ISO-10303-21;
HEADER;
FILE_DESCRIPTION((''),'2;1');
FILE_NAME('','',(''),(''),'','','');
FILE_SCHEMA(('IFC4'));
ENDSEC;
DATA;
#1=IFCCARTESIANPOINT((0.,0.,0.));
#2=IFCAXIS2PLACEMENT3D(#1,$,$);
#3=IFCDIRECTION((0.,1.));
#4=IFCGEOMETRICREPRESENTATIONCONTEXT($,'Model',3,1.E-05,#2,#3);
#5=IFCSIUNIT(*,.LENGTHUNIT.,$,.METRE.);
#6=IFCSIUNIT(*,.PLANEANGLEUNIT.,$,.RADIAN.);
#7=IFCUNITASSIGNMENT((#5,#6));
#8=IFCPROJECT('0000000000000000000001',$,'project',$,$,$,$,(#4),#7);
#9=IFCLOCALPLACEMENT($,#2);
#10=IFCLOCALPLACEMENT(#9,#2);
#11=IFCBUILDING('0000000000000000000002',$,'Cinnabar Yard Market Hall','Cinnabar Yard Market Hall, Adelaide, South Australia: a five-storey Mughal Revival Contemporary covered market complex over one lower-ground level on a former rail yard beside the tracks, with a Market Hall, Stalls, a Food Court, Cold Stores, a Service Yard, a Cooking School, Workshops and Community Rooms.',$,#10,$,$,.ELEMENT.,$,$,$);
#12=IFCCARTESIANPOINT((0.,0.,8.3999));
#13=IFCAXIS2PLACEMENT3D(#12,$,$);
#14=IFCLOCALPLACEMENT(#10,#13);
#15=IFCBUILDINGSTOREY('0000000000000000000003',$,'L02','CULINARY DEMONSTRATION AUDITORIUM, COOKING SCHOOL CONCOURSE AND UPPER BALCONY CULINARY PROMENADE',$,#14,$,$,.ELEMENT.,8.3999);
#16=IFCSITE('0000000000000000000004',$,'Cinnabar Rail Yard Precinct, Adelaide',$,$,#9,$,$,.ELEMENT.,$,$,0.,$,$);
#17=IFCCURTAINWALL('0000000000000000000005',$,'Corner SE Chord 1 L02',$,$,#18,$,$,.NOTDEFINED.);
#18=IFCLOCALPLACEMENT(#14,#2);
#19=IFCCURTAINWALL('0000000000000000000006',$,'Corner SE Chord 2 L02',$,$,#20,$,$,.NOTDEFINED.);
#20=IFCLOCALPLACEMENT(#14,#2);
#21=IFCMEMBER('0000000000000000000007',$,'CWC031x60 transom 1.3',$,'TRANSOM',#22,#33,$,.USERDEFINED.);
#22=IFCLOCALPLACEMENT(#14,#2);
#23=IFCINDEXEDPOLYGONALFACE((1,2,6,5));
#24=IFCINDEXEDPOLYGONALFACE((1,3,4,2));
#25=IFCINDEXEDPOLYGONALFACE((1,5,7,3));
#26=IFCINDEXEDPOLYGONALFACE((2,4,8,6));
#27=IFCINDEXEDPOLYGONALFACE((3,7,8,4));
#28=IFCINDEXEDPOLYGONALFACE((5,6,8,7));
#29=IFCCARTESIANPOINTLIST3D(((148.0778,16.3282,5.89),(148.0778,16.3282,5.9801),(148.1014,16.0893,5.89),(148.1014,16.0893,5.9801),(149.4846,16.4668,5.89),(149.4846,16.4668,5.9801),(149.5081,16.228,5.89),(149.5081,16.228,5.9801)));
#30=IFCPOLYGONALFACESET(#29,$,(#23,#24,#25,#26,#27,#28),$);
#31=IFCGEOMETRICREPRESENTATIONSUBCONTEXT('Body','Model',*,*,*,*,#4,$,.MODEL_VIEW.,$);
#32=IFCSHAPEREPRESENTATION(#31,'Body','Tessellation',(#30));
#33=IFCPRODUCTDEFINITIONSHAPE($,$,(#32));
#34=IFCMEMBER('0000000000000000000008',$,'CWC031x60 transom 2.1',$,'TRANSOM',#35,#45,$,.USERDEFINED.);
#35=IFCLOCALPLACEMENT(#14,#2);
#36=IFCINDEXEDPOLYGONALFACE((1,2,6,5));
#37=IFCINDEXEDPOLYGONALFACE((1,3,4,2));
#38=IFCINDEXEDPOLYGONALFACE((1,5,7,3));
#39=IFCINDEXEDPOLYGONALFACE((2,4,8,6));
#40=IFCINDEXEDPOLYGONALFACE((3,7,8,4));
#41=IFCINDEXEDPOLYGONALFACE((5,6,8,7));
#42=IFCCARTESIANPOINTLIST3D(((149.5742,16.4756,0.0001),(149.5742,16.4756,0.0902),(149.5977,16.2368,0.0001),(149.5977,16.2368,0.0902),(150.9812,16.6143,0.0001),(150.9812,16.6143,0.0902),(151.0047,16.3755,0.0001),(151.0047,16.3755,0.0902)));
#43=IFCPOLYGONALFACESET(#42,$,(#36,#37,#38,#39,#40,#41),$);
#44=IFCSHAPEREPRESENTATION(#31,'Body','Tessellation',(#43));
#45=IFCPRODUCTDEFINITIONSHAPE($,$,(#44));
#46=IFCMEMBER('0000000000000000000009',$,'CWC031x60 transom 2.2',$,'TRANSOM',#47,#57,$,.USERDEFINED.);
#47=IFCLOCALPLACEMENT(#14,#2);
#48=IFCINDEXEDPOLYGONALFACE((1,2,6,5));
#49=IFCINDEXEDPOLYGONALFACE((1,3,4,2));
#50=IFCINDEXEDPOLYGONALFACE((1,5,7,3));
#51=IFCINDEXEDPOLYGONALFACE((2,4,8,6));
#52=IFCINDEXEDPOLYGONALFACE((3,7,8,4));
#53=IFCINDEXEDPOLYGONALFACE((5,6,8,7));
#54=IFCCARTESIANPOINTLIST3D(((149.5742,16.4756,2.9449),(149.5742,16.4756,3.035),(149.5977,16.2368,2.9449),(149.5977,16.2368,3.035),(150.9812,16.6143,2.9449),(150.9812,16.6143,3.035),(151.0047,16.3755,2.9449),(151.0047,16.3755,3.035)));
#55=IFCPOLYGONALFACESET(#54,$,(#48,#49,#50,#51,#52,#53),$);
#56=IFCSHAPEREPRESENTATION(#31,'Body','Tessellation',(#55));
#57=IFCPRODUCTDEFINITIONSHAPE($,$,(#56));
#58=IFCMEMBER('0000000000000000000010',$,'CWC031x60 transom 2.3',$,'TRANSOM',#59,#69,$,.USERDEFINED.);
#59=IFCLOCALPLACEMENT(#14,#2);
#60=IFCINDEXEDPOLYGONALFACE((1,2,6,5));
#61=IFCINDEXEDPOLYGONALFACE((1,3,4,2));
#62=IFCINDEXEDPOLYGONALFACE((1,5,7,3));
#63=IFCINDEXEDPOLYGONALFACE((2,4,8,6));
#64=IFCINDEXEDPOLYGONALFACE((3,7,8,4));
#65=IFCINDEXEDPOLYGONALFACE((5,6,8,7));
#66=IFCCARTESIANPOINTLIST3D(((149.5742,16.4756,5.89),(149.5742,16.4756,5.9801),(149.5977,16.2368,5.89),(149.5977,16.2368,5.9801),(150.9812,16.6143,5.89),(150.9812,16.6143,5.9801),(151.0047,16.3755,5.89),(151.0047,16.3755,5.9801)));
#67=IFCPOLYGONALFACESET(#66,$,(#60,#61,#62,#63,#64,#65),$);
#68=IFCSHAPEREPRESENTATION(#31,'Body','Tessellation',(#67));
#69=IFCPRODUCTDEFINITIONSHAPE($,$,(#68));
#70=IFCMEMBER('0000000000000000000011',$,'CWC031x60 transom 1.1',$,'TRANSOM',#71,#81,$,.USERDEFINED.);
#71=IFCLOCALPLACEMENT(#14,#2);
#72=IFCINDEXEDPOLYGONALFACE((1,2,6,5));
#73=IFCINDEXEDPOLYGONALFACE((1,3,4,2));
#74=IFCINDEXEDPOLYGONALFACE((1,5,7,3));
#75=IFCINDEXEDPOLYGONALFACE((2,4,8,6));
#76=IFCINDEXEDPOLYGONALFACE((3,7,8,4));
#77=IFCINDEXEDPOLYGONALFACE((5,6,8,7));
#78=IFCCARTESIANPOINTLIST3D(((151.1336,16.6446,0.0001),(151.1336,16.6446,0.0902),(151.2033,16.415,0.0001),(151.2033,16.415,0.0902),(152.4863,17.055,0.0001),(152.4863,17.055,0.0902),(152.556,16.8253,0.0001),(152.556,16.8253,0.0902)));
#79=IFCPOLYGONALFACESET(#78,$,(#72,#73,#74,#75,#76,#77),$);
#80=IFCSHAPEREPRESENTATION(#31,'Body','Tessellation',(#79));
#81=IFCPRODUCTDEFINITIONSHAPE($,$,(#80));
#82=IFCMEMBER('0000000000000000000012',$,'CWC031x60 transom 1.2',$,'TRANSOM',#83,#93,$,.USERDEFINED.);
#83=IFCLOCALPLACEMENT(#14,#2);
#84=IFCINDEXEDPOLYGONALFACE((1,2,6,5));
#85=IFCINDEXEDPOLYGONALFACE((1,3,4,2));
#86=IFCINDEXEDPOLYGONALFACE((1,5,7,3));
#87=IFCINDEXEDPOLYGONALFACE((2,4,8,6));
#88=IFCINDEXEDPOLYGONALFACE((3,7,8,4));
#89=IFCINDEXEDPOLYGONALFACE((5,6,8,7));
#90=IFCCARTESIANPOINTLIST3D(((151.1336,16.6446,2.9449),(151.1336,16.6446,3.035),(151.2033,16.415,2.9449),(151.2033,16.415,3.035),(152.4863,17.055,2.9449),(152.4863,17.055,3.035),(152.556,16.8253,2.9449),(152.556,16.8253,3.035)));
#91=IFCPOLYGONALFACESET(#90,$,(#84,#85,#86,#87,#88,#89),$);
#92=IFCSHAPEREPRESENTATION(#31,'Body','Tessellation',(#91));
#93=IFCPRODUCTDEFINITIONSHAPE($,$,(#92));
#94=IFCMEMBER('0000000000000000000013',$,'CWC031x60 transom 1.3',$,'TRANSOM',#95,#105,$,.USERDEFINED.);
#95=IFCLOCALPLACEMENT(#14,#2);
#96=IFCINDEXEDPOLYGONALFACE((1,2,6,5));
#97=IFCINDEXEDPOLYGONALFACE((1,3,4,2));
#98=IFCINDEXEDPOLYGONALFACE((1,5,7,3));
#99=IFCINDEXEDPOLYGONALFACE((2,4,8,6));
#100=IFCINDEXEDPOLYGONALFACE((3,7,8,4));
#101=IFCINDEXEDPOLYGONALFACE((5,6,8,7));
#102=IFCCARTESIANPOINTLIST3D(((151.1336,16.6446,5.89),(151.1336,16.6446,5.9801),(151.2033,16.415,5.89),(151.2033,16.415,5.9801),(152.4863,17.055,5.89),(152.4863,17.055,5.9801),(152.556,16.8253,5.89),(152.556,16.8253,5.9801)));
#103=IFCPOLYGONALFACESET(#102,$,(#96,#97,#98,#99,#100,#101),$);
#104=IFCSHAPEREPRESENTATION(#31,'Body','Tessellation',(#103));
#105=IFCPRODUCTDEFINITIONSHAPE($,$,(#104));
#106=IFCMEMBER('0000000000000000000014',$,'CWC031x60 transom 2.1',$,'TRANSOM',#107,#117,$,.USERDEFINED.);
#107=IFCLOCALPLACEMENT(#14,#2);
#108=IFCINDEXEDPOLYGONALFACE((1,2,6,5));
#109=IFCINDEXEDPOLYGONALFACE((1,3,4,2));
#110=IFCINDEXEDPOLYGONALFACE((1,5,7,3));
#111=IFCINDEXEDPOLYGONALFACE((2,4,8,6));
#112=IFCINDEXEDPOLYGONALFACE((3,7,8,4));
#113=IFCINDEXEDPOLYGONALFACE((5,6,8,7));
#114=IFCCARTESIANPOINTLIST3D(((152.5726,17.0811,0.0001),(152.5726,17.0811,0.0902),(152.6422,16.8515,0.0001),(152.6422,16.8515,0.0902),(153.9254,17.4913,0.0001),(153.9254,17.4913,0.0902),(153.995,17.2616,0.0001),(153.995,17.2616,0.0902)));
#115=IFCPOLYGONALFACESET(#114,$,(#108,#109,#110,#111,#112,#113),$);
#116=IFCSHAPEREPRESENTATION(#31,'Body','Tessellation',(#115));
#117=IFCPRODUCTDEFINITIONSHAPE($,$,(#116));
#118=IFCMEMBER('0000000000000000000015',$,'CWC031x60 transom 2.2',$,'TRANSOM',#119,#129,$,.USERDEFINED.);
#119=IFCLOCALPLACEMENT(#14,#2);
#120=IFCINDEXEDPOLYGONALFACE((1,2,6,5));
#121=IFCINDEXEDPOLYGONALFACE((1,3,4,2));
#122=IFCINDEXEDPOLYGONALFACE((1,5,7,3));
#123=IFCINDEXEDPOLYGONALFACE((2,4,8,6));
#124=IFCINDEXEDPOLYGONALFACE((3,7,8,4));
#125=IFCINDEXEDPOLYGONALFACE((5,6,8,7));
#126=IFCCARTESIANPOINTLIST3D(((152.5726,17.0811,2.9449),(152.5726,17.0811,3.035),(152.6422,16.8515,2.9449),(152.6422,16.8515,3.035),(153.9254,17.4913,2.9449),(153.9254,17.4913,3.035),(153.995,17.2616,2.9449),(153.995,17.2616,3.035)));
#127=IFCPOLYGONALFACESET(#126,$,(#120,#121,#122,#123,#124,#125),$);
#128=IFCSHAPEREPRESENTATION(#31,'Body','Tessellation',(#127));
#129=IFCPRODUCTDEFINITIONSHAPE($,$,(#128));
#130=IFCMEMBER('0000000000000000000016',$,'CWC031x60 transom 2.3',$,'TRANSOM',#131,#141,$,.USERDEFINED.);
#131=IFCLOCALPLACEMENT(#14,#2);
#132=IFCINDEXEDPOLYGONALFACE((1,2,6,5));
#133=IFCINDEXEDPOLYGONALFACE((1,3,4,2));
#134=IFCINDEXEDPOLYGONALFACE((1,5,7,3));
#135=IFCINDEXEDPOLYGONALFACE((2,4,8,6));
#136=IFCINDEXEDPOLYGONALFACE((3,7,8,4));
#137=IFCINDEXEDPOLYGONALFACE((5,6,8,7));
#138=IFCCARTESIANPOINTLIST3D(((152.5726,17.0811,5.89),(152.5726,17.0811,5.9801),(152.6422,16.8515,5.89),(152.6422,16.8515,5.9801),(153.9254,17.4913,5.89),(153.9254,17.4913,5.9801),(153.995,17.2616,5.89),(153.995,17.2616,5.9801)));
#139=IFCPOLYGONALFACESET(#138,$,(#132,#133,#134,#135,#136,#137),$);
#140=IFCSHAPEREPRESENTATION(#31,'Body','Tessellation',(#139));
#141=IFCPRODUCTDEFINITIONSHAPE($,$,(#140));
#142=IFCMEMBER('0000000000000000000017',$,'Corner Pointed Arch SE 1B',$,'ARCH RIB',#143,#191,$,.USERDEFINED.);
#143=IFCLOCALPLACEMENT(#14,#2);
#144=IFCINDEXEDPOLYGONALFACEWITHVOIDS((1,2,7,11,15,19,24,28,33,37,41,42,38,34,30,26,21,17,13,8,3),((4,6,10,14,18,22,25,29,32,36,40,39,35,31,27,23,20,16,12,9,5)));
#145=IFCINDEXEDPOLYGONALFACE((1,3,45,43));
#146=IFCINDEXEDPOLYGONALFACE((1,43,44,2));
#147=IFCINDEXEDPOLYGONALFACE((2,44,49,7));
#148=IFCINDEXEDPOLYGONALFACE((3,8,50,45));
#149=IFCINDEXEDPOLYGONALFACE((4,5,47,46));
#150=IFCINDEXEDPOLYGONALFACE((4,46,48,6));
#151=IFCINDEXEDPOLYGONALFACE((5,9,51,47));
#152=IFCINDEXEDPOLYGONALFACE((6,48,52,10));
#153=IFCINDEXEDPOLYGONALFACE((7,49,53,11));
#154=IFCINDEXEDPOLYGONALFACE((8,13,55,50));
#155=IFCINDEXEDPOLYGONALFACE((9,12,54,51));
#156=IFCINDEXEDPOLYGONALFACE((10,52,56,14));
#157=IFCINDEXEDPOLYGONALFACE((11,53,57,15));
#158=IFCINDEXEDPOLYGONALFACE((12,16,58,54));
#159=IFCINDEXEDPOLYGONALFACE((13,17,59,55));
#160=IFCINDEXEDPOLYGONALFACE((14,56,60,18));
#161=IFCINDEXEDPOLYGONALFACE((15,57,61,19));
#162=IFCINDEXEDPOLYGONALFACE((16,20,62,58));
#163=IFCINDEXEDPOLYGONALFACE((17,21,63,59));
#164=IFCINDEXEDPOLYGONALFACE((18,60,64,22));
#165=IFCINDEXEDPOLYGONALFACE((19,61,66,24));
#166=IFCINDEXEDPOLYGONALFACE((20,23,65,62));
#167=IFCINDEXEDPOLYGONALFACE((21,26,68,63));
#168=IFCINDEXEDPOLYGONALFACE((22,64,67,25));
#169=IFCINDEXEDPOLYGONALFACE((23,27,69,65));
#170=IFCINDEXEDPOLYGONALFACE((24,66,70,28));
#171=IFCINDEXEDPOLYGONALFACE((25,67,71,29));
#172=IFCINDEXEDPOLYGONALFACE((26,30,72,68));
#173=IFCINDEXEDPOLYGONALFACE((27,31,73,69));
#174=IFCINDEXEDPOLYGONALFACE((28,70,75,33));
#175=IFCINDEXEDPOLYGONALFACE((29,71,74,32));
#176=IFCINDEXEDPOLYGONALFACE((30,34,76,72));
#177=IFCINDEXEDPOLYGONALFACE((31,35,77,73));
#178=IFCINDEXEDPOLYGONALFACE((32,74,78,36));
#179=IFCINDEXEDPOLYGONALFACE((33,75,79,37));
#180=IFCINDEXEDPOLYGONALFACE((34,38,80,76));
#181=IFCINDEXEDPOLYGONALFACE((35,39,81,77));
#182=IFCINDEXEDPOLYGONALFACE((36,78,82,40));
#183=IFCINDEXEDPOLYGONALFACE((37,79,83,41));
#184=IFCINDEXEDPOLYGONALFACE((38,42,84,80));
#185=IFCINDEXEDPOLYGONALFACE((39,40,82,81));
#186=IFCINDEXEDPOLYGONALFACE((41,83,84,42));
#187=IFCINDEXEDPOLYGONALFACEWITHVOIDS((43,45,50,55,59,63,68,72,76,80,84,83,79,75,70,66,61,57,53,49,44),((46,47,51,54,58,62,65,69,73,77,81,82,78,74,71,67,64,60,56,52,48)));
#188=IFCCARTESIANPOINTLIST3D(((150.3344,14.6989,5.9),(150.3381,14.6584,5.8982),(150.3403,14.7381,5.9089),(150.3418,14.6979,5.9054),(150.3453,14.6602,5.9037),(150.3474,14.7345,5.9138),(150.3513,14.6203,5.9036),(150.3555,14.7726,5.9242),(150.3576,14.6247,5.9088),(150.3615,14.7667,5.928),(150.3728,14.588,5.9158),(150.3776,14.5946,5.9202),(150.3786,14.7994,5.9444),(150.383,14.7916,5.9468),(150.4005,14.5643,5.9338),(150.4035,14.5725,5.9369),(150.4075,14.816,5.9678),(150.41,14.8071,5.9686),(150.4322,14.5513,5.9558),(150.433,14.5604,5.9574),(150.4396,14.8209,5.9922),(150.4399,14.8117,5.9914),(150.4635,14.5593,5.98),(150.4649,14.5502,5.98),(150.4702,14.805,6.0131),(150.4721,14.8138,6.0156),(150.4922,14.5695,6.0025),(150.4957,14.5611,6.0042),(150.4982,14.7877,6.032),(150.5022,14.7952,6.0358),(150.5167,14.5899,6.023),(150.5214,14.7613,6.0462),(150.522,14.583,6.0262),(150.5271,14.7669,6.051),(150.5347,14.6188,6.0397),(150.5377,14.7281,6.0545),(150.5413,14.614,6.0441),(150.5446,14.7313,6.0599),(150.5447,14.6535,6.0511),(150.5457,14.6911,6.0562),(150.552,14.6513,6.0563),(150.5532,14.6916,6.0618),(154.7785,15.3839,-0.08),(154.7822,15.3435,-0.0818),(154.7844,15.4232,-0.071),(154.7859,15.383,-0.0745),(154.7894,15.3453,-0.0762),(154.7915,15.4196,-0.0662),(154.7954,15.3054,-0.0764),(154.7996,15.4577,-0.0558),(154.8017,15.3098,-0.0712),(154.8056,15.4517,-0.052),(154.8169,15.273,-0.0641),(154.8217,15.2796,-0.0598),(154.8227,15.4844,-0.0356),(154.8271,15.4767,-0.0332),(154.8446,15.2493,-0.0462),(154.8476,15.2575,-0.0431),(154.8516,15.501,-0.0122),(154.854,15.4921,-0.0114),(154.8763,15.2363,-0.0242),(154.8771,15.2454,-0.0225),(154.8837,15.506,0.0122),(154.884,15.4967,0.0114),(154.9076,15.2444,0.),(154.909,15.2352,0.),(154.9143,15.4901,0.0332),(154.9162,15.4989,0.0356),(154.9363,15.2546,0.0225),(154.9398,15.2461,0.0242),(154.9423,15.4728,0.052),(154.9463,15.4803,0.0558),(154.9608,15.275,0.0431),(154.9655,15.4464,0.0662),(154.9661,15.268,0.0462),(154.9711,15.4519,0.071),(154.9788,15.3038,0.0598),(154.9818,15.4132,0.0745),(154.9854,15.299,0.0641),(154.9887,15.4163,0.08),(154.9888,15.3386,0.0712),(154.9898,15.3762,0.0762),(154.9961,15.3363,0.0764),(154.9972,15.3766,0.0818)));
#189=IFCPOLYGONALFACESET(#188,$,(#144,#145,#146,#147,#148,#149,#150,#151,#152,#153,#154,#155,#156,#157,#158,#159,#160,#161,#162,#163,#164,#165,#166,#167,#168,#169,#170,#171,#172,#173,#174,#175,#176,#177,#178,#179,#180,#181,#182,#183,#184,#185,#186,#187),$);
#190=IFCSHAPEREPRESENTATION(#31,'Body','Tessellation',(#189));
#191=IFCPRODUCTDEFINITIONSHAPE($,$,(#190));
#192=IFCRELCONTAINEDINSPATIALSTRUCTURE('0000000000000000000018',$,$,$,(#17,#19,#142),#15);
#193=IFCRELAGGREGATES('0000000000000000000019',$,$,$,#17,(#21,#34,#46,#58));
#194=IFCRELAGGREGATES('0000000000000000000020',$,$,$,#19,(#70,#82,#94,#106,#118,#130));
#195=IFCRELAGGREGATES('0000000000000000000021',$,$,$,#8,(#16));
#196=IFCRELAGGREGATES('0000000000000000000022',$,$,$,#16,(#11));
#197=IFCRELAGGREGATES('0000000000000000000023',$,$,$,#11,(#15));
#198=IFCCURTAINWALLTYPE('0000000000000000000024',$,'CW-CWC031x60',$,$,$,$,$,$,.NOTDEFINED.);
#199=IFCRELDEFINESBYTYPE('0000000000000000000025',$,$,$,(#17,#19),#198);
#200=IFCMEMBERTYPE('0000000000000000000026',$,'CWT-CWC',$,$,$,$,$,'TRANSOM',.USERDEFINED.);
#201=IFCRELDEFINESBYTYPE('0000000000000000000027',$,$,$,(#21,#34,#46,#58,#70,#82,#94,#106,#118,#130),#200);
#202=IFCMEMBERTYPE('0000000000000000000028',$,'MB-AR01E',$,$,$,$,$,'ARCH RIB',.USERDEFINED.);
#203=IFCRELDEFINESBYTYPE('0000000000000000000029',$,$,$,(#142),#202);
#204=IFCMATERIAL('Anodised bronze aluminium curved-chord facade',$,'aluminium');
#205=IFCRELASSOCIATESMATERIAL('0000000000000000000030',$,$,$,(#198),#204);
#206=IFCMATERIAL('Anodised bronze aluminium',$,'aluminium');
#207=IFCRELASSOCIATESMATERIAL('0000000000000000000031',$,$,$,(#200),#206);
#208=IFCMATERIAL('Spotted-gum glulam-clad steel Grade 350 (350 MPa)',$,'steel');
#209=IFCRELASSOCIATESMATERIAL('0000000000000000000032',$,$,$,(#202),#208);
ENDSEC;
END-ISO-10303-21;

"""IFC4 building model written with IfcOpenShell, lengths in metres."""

from ifc_helpers import new_model, si_unit, direction, frame, origin, origin_2d_with_axis, place, context, subcontext, project, spatial, rectangle, hollow_circle, extrude, material, material_profile, profile_set, type_object, element, aggregate, save


model = new_model("IFC4")

# Units and contexts
model_context = context("Model", 3, precision=1e-05, world=origin(), true_north=direction((0.0, 1.0)))
body_context = subcontext(model_context, "Body", "Model", "MODEL_VIEW")
ifc_project = project(units=[si_unit("LENGTHUNIT", "METRE"), si_unit("PLANEANGLEUNIT", "RADIAN")], contexts=[model_context])

# Site, building, storey
site_placement = place(None, origin())
site = spatial("IfcSite", under=ifc_project, at=site_placement, Name="Cinnabar Rail Yard Precinct, Adelaide", CompositionType="ELEMENT", RefElevation=0.0)
building_placement = place(site_placement, origin())
building = spatial("IfcBuilding", under=site, at=building_placement, Name="Cinnabar Yard Market Hall", Description="Cinnabar Yard Market Hall, Adelaide, South Australia: a five-storey Mughal Revival Contemporary covered market complex over one lower-ground level on a former rail yard beside the tracks, with a Market Hall, Stalls, a Food Court, Cold Stores, a Service Yard, a Cooking School, Workshops and Community Rooms.", CompositionType="ELEMENT")
storey_placement = place(building_placement, frame((0.0, 0.0, 8.3999)))
storey = spatial("IfcBuildingStorey", under=building, at=storey_placement, Name="L02", Description="CULINARY DEMONSTRATION AUDITORIUM, COOKING SCHOOL CONCOURSE AND UPPER BALCONY CULINARY PROMENADE", CompositionType="ELEMENT", Elevation=8.3999)

# Shared definitions
ifc_material_1 = material(Name="Spotted-gum glulam-clad steel Grade 350 (350 MPa)", Category="steel")

# Curtain walls
ifc_material_2 = material(Name="Anodised bronze aluminium curved-chord facade", Category="aluminium")
curtain_wall_type_1 = type_object("IfcCurtainWallType", Name="CW-CWC031x60", PredefinedType="NOTDEFINED", material=ifc_material_2)
curtain_wall_1_placement = place(storey_placement, origin())
curtain_wall_1 = element("IfcCurtainWall", 1, at=curtain_wall_1_placement, inside=storey, type_object=curtain_wall_type_1, Name="Corner SE Chord 1 L02", PredefinedType="NOTDEFINED")
ifc_material_3 = material(Name="Anodised bronze aluminium", Category="aluminium")
curtain_wall_2_placement = place(storey_placement, origin())
curtain_wall_2 = element("IfcCurtainWall", 2, at=curtain_wall_2_placement, inside=storey, type_object=curtain_wall_type_1, Name="Corner SE Chord 2 L02", PredefinedType="NOTDEFINED")

# Members
ifc_material_profile_1 = material_profile(ifc_material_3, rectangle(XDim=0.24, YDim=0.0901, at=origin_2d_with_axis()), Name="TRN-CWC")
ifc_profile_set_1 = profile_set([ifc_material_profile_1], Name="Anodised bronze aluminium")
member_type_1 = type_object("IfcMemberType", Name="CWT-CWC", ElementType="TRANSOM", PredefinedType="USERDEFINED", material=ifc_profile_set_1)
member_1_placement = place(storey_placement, frame((148.0896, 16.2087, 5.9351), z_axis=(0.995176, 0.098101, 0.0), x_axis=(-0.098101, 0.995176, 0.0)))
member_1 = element("IfcMember", 3, at=member_1_placement, type_object=member_type_1, Name="CWC031x60 transom 1.3", ObjectType="TRANSOM", PredefinedType="USERDEFINED", context=body_context, shape_type="SweptSolid", body=[
    extrude(rectangle(XDim=0.24, YDim=0.0901, at=origin_2d_with_axis()), origin(), (0.0, 0.0, 1.0), 1.4136),
])
member_2_placement = place(storey_placement, frame((149.5859, 16.3562, 0.0452), z_axis=(0.995178, 0.098085, 0.0), x_axis=(-0.098085, 0.995178, 0.0)))
member_2 = element("IfcMember", 4, at=member_2_placement, type_object=member_type_1, Name="CWC031x60 transom 2.1", ObjectType="TRANSOM", PredefinedType="USERDEFINED", context=body_context, shape_type="SweptSolid", body=[
    extrude(rectangle(XDim=0.24, YDim=0.0901, at=origin_2d_with_axis()), origin(), (0.0, 0.0, 1.0), 1.4138),
])
member_3_placement = place(storey_placement, frame((149.5859, 16.3562, 2.99), z_axis=(0.995178, 0.098085, 0.0), x_axis=(-0.098085, 0.995178, 0.0)))
member_3 = element("IfcMember", 5, at=member_3_placement, type_object=member_type_1, Name="CWC031x60 transom 2.2", ObjectType="TRANSOM", PredefinedType="USERDEFINED", context=body_context, shape_type="SweptSolid", body=[
    extrude(rectangle(XDim=0.24, YDim=0.0901, at=origin_2d_with_axis()), origin(), (0.0, 0.0, 1.0), 1.4138),
])
member_4_placement = place(storey_placement, frame((149.5859, 16.3562, 5.9351), z_axis=(0.995178, 0.098085, 0.0), x_axis=(-0.098085, 0.995178, 0.0)))
member_4 = element("IfcMember", 6, at=member_4_placement, type_object=member_type_1, Name="CWC031x60 transom 2.3", ObjectType="TRANSOM", PredefinedType="USERDEFINED", context=body_context, shape_type="SweptSolid", body=[
    extrude(rectangle(XDim=0.24, YDim=0.0901, at=origin_2d_with_axis()), origin(), (0.0, 0.0, 1.0), 1.4138),
])
member_5_placement = place(storey_placement, frame((151.1685, 16.5298, 0.0452), z_axis=(0.956933, 0.290309, 0.0), x_axis=(-0.290309, 0.956933, 0.0)))
member_5 = element("IfcMember", 7, at=member_5_placement, type_object=member_type_1, Name="CWC031x60 transom 1.1", ObjectType="TRANSOM", PredefinedType="USERDEFINED", context=body_context, shape_type="SweptSolid", body=[
    extrude(rectangle(XDim=0.24, YDim=0.0901, at=origin_2d_with_axis()), origin(), (0.0, 0.0, 1.0), 1.4136),
])
member_6_placement = place(storey_placement, frame((151.1685, 16.5298, 2.99), z_axis=(0.956933, 0.290309, 0.0), x_axis=(-0.290309, 0.956933, 0.0)))
member_6 = element("IfcMember", 8, at=member_6_placement, type_object=member_type_1, Name="CWC031x60 transom 1.2", ObjectType="TRANSOM", PredefinedType="USERDEFINED", context=body_context, shape_type="SweptSolid", body=[
    extrude(rectangle(XDim=0.24, YDim=0.0901, at=origin_2d_with_axis()), origin(), (0.0, 0.0, 1.0), 1.4136),
])
member_7_placement = place(storey_placement, frame((151.1685, 16.5298, 5.9351), z_axis=(0.956933, 0.290309, 0.0), x_axis=(-0.290309, 0.956933, 0.0)))
member_7 = element("IfcMember", 9, at=member_7_placement, type_object=member_type_1, Name="CWC031x60 transom 1.3", ObjectType="TRANSOM", PredefinedType="USERDEFINED", context=body_context, shape_type="SweptSolid", body=[
    extrude(rectangle(XDim=0.24, YDim=0.0901, at=origin_2d_with_axis()), origin(), (0.0, 0.0, 1.0), 1.4136),
])
member_8_placement = place(storey_placement, frame((152.6074, 16.9663, 0.0452), z_axis=(0.956981, 0.290151, 0.0), x_axis=(-0.290151, 0.956981, 0.0)))
member_8 = element("IfcMember", 10, at=member_8_placement, type_object=member_type_1, Name="CWC031x60 transom 2.1", ObjectType="TRANSOM", PredefinedType="USERDEFINED", context=body_context, shape_type="SweptSolid", body=[
    extrude(rectangle(XDim=0.24, YDim=0.0901, at=origin_2d_with_axis()), origin(), (0.0, 0.0, 1.0), 1.4136),
])
member_9_placement = place(storey_placement, frame((152.6074, 16.9663, 2.99), z_axis=(0.956981, 0.290151, 0.0), x_axis=(-0.290151, 0.956981, 0.0)))
member_9 = element("IfcMember", 11, at=member_9_placement, type_object=member_type_1, Name="CWC031x60 transom 2.2", ObjectType="TRANSOM", PredefinedType="USERDEFINED", context=body_context, shape_type="SweptSolid", body=[
    extrude(rectangle(XDim=0.24, YDim=0.0901, at=origin_2d_with_axis()), origin(), (0.0, 0.0, 1.0), 1.4136),
])
member_10_placement = place(storey_placement, frame((152.6074, 16.9663, 5.9351), z_axis=(0.956981, 0.290151, 0.0), x_axis=(-0.290151, 0.956981, 0.0)))
member_10 = element("IfcMember", 12, at=member_10_placement, type_object=member_type_1, Name="CWC031x60 transom 2.3", ObjectType="TRANSOM", PredefinedType="USERDEFINED", context=body_context, shape_type="SweptSolid", body=[
    extrude(rectangle(XDim=0.24, YDim=0.0901, at=origin_2d_with_axis()), origin(), (0.0, 0.0, 1.0), 1.4136),
])

# Member
ifc_material_profile_2 = material_profile(ifc_material_1, hollow_circle(Radius=0.1365, WallThickness=0.0093, at=origin_2d_with_axis()), Name="273.1x9.3CHS")
ifc_profile_set_2 = profile_set([ifc_material_profile_2], Name="Spotted-gum glulam-clad steel Grade 350 (350 MPa)")
member_type_2 = type_object("IfcMemberType", Name="MB-AR01E", ElementType="ARCH RIB", PredefinedType="USERDEFINED", material=ifc_profile_set_2)
member_11_placement = place(storey_placement, frame((154.8882, 15.3701, 0.0), z_axis=(-0.593976, -0.091562, 0.799255), x_axis=(0.152351, -0.988326, 0.0)))
element("IfcMember", 13, at=member_11_placement, inside=storey, type_object=member_type_2, Name="Corner Pointed Arch SE 1B", ObjectType="ARCH RIB", PredefinedType="USERDEFINED", context=body_context, shape_type="SweptSolid", body=[
    extrude(hollow_circle(Radius=0.1365, WallThickness=0.0093, at=origin_2d_with_axis()), origin(), (0.0, 0.0, 1.0), 7.4819),
])

aggregate(curtain_wall_1, [member_1, member_2, member_3, member_4])
aggregate(curtain_wall_2, [member_5, member_6, member_7, member_8, member_9, member_10])

save(model, "model.ifc")
